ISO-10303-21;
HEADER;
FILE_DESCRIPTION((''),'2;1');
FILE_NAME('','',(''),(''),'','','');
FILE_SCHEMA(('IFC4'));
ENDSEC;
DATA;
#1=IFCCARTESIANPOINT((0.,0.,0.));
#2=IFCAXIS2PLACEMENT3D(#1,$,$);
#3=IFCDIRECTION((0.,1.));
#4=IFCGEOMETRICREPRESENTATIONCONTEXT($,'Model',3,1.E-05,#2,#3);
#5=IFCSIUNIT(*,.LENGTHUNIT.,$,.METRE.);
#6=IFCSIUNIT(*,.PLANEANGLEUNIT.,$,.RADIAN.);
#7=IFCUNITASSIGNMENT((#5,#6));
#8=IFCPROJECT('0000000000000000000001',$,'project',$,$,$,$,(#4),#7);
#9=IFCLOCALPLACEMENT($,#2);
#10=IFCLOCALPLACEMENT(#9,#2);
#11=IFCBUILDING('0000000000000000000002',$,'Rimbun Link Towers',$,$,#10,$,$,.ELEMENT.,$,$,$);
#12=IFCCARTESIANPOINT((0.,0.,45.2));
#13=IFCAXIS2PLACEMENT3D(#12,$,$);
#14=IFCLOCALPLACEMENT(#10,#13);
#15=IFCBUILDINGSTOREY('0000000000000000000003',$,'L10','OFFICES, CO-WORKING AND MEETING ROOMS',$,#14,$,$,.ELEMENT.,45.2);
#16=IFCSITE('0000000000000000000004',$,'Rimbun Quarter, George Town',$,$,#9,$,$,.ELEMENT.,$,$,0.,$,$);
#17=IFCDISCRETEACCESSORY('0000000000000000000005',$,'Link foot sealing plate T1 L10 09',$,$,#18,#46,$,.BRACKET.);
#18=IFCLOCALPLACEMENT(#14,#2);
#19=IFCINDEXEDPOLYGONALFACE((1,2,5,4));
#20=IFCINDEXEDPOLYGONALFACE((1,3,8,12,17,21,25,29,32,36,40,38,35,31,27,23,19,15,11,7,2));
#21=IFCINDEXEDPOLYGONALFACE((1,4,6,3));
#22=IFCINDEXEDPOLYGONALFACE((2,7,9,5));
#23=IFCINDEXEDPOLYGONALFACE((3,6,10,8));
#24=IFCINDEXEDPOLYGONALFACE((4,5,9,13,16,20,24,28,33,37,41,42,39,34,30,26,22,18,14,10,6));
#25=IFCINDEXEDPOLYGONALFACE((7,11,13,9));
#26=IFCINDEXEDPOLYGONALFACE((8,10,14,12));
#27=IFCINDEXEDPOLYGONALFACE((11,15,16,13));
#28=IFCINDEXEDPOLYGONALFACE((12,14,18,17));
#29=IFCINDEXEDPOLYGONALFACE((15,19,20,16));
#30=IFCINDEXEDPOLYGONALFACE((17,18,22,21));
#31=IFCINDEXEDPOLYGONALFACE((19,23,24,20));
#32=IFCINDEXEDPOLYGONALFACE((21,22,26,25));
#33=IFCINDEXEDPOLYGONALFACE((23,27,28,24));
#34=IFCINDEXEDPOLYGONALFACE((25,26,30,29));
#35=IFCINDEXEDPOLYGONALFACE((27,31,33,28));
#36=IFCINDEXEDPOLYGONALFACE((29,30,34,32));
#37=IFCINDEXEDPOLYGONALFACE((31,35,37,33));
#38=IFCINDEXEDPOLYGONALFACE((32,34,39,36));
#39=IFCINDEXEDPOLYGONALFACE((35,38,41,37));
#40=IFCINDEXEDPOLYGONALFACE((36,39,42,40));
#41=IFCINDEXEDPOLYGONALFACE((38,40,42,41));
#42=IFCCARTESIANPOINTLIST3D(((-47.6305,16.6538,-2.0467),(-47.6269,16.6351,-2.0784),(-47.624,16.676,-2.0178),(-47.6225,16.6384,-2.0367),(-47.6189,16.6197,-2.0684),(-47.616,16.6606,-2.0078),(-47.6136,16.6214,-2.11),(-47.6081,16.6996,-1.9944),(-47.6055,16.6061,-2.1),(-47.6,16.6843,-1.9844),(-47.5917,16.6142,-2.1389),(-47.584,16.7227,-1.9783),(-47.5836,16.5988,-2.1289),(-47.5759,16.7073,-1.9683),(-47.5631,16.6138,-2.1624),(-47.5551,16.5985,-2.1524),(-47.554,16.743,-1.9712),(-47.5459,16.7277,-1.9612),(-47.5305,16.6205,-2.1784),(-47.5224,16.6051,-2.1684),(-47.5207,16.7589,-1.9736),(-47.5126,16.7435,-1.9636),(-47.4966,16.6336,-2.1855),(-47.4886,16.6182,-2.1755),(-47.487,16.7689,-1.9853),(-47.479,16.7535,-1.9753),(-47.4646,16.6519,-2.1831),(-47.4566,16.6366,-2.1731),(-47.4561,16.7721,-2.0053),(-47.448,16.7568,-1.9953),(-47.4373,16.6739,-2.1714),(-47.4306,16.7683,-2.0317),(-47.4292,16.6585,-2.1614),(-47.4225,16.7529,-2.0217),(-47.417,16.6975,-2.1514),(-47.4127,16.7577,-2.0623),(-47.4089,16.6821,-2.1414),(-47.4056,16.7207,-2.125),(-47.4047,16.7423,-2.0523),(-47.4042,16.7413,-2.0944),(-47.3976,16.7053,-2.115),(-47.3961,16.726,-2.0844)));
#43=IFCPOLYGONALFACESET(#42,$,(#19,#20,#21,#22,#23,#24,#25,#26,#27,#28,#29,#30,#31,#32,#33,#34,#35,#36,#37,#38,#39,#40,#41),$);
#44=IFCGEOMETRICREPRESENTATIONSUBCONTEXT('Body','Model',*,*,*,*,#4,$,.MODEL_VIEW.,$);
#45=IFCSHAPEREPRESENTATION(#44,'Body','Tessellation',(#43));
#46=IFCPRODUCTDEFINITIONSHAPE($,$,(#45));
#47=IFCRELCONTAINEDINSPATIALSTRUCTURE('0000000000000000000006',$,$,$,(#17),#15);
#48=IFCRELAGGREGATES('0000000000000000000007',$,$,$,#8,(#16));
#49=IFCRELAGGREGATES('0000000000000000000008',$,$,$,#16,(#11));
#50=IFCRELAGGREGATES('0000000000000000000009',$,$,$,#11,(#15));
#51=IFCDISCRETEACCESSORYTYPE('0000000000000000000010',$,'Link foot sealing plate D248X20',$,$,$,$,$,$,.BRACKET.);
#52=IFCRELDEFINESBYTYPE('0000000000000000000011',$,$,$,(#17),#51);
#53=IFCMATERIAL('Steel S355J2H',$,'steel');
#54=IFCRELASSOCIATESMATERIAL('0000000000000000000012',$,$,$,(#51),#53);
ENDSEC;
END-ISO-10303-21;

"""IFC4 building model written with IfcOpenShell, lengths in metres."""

from ifc_helpers import new_model, si_unit, direction, frame, origin, origin_2d, place, context, subcontext, project, spatial, circle, extrude, material, material_profile, profile_set, type_object, element, save


model = new_model("IFC4")

# Units and contexts
model_context = context("Model", 3, precision=1e-05, world=origin(), true_north=direction((0.0, 1.0)))
body_context = subcontext(model_context, "Body", "Model", "MODEL_VIEW")
ifc_project = project(units=[si_unit("LENGTHUNIT", "METRE"), si_unit("PLANEANGLEUNIT", "RADIAN")], contexts=[model_context])

# Site, building, storey
site_placement = place(None, origin())
site = spatial("IfcSite", under=ifc_project, at=site_placement, Name="Rimbun Quarter, George Town", CompositionType="ELEMENT", RefElevation=0.0)
building_placement = place(site_placement, origin())
building = spatial("IfcBuilding", under=site, at=building_placement, Name="Rimbun Link Towers", CompositionType="ELEMENT")
storey_placement = place(building_placement, frame((0.0, 0.0, 45.2)))
storey = spatial("IfcBuildingStorey", under=building, at=storey_placement, Name="L10", Description="OFFICES, CO-WORKING AND MEETING ROOMS", CompositionType="ELEMENT", Elevation=45.2)

# Discrete accessory
ifc_material_1 = material(Name="Steel S355J2H", Category="steel")
ifc_material_profile_1 = material_profile(ifc_material_1, circle(Radius=0.124, at=origin_2d()), Name="PL D248")
ifc_profile_set_1 = profile_set([ifc_material_profile_1], Name="Steel S355J2H")
discrete_accessory_type = type_object("IfcDiscreteAccessoryType", Name="Link foot sealing plate D248X20", PredefinedType="BRACKET", material=ifc_profile_set_1)
discrete_accessory_placement = place(storey_placement, frame((-47.509, 16.6772, -2.0684), z_axis=(-0.401991, 0.767437, -0.499443), x_axis=(-0.885832, -0.464007, 0.0)))
element("IfcDiscreteAccessory", 1, at=discrete_accessory_placement, inside=storey, type_object=discrete_accessory_type, Name="Link foot sealing plate T1 L10 09", PredefinedType="BRACKET", context=body_context, shape_type="SweptSolid", body=[
    extrude(circle(Radius=0.124, at=origin_2d()), origin(), (0.0, 0.0, 1.0), 0.02),
])

save(model, "model.ifc")
